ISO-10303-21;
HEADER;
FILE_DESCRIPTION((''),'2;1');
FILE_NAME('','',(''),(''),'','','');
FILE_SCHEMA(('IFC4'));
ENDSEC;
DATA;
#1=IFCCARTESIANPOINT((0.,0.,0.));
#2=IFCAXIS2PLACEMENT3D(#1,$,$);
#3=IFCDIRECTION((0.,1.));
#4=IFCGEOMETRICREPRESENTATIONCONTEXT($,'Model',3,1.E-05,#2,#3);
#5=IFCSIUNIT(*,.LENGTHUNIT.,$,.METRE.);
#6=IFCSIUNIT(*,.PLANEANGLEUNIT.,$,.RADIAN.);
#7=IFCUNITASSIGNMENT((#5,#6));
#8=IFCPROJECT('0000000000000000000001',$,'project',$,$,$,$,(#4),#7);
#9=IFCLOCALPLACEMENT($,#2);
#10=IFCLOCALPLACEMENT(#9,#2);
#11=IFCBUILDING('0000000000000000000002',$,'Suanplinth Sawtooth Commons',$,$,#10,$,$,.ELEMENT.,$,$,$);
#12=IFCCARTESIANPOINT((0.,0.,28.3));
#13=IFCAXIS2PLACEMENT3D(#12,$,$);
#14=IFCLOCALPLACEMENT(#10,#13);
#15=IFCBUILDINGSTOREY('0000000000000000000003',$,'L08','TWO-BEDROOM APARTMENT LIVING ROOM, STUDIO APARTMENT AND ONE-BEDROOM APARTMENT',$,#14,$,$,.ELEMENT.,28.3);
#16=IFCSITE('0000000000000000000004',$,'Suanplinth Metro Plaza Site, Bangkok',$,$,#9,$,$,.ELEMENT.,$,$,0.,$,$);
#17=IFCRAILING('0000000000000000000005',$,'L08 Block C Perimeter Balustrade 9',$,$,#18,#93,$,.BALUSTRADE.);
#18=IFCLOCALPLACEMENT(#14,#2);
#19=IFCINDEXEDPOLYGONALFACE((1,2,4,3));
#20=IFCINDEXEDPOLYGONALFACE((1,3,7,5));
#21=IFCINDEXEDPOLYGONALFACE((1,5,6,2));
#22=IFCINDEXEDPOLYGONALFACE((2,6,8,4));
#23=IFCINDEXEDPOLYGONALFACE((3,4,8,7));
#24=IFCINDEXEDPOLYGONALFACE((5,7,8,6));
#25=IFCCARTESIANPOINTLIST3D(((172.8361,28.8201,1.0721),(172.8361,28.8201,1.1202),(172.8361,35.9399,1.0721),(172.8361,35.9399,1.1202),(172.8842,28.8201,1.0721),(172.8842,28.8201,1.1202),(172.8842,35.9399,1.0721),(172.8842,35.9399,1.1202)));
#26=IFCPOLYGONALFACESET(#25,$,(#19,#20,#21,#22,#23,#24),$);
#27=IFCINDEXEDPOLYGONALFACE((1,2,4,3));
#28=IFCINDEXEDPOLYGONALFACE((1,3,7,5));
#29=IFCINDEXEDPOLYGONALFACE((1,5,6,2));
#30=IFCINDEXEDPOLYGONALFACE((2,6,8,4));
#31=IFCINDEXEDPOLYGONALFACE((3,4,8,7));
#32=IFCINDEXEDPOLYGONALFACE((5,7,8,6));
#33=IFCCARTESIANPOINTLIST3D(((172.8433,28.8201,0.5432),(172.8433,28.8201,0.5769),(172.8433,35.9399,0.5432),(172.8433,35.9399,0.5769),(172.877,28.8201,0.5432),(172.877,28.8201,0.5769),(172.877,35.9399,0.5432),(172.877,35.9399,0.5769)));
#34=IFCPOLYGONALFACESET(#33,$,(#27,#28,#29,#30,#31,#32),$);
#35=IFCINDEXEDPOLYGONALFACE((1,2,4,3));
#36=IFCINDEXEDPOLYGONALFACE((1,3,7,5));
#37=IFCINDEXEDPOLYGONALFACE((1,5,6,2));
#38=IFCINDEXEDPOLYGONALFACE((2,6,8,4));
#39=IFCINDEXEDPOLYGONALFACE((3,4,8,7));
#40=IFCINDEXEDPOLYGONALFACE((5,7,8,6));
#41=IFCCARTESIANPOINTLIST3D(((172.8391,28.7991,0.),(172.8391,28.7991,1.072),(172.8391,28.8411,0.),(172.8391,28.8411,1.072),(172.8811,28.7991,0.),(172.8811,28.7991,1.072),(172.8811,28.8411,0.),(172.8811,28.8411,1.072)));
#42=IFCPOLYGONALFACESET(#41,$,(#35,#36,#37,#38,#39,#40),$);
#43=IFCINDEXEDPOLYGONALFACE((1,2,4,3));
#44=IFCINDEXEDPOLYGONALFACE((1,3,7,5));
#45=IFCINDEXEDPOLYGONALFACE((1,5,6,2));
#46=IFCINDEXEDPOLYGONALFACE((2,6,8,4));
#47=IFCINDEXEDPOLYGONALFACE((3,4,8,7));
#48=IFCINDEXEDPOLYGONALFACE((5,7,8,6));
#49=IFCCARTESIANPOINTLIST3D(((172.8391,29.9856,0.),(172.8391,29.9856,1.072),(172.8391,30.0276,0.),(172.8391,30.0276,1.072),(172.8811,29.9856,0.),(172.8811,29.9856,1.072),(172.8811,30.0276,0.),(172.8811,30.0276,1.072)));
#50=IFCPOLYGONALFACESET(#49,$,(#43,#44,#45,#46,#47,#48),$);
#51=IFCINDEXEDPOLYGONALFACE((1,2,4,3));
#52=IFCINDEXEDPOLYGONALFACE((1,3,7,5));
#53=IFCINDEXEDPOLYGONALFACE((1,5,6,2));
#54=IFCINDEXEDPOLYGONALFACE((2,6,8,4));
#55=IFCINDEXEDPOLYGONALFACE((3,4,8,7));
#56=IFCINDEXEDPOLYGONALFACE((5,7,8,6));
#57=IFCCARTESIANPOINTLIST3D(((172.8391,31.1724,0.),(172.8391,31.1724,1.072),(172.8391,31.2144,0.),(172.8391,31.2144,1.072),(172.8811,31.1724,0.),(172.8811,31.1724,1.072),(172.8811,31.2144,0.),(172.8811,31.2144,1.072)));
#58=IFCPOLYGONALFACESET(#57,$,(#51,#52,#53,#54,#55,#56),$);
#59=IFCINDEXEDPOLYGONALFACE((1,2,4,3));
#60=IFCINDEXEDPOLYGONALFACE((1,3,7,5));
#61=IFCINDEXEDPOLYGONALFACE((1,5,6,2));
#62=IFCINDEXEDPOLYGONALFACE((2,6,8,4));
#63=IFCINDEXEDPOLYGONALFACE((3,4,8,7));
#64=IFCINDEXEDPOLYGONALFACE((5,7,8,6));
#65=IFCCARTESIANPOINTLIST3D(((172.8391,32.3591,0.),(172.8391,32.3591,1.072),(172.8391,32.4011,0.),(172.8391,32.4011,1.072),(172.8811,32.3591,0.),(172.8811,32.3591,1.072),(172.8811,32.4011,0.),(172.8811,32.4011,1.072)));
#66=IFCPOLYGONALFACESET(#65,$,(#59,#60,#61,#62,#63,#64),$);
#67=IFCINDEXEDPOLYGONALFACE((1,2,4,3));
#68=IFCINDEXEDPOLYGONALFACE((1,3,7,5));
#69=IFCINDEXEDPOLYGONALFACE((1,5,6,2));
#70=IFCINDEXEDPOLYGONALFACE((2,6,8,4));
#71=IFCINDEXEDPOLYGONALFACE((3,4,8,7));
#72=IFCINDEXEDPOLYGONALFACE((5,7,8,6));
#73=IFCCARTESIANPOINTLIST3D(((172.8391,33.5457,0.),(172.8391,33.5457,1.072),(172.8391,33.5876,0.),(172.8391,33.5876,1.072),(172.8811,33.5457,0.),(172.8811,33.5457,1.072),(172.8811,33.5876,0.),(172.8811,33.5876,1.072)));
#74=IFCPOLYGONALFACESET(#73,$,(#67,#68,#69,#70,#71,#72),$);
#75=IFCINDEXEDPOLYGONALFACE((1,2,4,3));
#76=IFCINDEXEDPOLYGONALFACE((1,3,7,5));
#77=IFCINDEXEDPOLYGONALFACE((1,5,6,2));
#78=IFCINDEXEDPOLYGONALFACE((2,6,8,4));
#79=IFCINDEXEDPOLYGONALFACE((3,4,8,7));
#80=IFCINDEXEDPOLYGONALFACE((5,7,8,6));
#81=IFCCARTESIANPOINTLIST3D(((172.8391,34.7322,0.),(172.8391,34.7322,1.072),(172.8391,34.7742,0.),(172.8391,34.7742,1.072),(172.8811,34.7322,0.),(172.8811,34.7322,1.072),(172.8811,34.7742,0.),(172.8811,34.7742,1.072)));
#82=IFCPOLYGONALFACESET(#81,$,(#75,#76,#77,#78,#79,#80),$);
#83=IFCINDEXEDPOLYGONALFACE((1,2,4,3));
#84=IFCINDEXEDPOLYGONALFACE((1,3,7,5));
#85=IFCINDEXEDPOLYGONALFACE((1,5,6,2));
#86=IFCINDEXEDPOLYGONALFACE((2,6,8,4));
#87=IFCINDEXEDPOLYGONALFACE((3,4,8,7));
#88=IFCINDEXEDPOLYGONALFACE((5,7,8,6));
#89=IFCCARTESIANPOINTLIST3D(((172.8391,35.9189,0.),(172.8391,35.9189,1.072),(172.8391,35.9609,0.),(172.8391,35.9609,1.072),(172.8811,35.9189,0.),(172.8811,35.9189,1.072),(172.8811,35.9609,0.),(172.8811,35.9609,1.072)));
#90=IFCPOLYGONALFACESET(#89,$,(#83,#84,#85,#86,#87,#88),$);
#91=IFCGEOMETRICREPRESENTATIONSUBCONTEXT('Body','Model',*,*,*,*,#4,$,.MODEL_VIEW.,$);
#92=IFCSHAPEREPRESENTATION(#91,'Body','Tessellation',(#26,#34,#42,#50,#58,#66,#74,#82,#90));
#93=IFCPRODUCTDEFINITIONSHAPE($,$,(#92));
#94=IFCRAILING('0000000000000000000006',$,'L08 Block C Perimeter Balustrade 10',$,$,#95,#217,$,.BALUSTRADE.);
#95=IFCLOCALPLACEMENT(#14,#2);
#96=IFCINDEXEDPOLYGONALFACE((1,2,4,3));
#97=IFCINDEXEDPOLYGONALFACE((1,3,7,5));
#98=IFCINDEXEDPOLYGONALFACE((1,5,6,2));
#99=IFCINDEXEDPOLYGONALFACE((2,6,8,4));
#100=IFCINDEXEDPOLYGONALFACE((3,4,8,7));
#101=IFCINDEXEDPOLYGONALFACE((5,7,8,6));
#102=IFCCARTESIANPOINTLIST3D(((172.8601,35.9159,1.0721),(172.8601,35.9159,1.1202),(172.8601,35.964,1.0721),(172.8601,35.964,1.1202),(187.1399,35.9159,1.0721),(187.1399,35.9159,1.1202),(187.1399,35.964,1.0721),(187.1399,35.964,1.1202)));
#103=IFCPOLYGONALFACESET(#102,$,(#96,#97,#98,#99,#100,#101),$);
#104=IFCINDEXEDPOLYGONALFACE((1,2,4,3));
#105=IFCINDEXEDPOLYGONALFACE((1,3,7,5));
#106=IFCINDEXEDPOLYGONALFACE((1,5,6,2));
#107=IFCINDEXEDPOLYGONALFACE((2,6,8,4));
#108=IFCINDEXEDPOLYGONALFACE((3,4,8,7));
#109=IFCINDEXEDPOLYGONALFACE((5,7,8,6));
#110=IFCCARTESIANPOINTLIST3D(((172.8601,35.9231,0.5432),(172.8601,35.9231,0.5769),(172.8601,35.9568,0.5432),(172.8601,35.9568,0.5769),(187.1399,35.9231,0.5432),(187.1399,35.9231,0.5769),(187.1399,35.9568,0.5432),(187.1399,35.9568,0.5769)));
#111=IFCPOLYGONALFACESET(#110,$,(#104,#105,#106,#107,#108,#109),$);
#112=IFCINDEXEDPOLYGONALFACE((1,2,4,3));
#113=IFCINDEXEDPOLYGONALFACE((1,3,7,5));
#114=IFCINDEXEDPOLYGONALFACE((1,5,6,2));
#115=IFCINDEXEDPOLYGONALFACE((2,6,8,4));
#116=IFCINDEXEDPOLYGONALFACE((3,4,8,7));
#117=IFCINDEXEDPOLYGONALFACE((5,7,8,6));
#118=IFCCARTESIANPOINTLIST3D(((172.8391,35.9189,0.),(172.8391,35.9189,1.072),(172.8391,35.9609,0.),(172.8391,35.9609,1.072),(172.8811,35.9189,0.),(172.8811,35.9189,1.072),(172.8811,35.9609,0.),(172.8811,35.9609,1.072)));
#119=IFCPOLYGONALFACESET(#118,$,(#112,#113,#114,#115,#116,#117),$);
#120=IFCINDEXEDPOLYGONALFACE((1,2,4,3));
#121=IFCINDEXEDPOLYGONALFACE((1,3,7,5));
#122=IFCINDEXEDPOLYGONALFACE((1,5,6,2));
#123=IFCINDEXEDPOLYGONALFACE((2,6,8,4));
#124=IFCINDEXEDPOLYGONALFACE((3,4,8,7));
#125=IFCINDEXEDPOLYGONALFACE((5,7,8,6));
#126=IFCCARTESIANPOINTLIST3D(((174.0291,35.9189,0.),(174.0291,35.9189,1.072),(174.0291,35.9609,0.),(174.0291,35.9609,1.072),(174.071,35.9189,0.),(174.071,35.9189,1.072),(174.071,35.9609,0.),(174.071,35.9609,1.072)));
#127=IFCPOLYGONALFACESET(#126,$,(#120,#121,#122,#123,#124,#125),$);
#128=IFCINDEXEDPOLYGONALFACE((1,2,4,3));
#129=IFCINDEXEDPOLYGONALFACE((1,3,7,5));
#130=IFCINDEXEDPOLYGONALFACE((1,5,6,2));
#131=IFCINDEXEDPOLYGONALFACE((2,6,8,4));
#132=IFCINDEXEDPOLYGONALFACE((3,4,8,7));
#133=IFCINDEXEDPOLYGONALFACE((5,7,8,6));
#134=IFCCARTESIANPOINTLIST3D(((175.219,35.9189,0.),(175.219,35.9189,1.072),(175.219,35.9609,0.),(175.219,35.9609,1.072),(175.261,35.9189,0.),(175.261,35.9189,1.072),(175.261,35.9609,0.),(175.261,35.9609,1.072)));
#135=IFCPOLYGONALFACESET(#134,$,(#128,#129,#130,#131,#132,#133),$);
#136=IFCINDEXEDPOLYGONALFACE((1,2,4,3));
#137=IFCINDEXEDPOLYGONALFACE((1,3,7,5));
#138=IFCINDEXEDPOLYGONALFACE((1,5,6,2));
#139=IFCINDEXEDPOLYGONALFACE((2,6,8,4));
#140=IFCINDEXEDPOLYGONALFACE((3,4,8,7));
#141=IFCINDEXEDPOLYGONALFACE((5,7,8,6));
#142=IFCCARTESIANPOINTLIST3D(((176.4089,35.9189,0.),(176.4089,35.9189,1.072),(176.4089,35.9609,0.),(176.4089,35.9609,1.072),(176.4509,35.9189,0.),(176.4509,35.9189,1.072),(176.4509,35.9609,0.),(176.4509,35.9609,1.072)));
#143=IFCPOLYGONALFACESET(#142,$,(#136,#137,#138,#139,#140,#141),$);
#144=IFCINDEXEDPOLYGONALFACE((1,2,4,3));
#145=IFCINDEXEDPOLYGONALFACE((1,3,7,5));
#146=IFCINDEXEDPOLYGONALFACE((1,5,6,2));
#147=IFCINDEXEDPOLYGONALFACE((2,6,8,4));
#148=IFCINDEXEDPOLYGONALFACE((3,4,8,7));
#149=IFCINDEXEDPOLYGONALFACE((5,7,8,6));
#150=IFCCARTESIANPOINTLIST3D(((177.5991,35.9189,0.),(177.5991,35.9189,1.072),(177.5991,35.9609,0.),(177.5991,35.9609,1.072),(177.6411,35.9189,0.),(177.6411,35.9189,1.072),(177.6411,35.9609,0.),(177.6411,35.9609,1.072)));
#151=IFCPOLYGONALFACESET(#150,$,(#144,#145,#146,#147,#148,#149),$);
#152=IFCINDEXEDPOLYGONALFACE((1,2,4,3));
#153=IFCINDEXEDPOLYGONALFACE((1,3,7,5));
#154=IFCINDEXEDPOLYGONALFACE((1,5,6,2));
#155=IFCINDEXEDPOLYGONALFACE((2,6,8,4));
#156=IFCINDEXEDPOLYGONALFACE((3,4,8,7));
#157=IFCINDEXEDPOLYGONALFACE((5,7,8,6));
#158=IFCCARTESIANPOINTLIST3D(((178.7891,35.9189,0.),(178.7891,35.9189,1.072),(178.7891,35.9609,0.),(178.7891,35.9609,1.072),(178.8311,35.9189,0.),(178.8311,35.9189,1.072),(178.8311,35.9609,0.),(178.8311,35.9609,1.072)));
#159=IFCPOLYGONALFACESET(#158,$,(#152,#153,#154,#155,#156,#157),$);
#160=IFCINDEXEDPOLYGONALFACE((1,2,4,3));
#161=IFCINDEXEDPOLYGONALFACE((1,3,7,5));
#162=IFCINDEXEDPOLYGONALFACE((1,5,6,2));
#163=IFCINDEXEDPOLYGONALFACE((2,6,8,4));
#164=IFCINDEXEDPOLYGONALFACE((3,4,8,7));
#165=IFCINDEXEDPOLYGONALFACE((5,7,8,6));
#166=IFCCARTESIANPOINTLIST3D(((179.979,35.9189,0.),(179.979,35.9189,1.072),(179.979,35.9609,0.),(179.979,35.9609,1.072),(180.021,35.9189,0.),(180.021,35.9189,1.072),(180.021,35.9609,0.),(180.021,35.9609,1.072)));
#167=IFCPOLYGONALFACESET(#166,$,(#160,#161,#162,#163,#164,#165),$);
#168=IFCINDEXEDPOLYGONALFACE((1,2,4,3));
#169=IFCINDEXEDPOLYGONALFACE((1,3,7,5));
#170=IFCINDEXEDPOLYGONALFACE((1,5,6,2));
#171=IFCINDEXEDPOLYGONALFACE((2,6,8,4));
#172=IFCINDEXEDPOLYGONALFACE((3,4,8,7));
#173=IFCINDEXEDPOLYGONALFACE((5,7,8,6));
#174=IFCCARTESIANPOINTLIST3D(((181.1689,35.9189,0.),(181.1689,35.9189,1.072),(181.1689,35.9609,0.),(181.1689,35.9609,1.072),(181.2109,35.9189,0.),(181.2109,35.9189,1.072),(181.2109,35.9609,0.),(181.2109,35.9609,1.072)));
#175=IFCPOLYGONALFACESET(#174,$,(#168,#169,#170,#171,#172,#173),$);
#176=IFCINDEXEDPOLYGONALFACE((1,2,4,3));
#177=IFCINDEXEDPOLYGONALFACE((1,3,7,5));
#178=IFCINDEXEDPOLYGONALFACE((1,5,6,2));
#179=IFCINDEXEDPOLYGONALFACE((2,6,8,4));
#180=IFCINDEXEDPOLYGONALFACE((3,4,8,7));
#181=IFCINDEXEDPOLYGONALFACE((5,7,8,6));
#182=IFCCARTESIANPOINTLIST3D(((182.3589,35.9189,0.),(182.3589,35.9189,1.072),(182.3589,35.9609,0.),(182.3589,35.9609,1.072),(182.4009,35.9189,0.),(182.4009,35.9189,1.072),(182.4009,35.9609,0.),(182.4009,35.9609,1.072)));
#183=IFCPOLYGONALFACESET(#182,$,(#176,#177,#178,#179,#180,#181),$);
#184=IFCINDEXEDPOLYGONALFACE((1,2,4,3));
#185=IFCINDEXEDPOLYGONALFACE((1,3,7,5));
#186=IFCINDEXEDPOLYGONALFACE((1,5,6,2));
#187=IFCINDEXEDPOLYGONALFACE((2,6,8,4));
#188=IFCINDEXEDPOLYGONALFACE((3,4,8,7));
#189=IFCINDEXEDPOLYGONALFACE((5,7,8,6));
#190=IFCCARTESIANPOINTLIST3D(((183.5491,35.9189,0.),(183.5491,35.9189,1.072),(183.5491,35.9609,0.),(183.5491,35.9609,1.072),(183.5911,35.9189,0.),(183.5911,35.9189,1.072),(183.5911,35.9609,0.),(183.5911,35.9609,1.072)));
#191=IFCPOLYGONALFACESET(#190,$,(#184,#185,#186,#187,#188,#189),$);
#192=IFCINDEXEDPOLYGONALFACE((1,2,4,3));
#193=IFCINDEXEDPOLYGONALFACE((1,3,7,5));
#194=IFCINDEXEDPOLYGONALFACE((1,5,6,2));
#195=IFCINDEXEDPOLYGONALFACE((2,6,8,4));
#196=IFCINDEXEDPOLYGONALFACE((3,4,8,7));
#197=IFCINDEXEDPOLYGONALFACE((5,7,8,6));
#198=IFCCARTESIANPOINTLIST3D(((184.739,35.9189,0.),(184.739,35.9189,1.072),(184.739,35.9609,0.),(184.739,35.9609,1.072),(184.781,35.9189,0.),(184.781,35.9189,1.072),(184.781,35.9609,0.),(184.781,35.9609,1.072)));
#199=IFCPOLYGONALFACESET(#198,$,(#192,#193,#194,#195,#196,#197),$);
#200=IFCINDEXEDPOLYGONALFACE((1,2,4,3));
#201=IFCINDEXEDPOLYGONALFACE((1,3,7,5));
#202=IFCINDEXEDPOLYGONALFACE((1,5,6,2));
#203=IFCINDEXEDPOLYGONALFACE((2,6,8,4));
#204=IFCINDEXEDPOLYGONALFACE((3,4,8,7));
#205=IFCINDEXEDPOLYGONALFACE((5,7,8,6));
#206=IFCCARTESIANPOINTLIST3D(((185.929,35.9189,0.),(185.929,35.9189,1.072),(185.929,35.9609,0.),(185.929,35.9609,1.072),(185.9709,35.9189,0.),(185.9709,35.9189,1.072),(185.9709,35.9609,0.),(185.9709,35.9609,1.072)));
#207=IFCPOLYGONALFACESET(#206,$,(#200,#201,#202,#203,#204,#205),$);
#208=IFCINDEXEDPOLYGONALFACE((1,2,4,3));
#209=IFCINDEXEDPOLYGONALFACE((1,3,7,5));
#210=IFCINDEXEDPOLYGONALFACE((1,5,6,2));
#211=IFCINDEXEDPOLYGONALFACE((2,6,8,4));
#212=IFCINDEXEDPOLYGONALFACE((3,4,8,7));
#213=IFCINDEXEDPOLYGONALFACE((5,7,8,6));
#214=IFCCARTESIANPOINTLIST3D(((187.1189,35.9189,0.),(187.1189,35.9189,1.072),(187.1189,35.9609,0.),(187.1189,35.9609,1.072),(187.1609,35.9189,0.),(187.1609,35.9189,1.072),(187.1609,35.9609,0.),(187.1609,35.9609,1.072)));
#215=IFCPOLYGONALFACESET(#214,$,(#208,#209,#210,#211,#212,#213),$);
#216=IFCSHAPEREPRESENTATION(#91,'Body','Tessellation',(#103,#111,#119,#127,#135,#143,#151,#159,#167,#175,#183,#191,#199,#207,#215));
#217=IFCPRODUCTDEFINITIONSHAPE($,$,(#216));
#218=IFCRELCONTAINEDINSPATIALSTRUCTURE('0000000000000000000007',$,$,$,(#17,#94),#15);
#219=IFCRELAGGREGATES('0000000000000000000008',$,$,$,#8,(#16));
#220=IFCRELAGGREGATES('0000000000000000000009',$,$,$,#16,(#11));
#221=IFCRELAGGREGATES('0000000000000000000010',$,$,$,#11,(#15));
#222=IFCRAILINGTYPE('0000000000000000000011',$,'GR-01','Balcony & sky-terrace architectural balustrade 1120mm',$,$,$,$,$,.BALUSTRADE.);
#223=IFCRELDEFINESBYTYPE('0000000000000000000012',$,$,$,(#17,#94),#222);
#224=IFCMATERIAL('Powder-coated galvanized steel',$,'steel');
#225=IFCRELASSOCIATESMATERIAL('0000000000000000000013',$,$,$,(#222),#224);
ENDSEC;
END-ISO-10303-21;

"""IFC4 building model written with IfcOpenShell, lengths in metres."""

from ifc_helpers import new_model, si_unit, direction, frame, origin, origin_2d, place, context, subcontext, project, spatial, rectangle, extrude, material, type_object, element, save


model = new_model("IFC4")

# Units and contexts
model_context = context("Model", 3, precision=1e-05, world=origin(), true_north=direction((0.0, 1.0)))
body_context = subcontext(model_context, "Body", "Model", "MODEL_VIEW")
ifc_project = project(units=[si_unit("LENGTHUNIT", "METRE"), si_unit("PLANEANGLEUNIT", "RADIAN")], contexts=[model_context])

# Site, building, storey
site_placement = place(None, origin())
site = spatial("IfcSite", under=ifc_project, at=site_placement, Name="Suanplinth Metro Plaza Site, Bangkok", CompositionType="ELEMENT", RefElevation=0.0)
building_placement = place(site_placement, origin())
building = spatial("IfcBuilding", under=site, at=building_placement, Name="Suanplinth Sawtooth Commons", CompositionType="ELEMENT")
storey_placement = place(building_placement, frame((0.0, 0.0, 28.3)))
storey = spatial("IfcBuildingStorey", under=building, at=storey_placement, Name="L08", Description="TWO-BEDROOM APARTMENT LIVING ROOM, STUDIO APARTMENT AND ONE-BEDROOM APARTMENT", CompositionType="ELEMENT", Elevation=28.3)

# Railings
ifc_material_1 = material(Name="Powder-coated galvanized steel", Category="steel")
railing_type = type_object("IfcRailingType", Name="GR-01", Description="Balcony & sky-terrace architectural balustrade 1120mm", PredefinedType="BALUSTRADE", material=ifc_material_1)
railing_1_placement = place(storey_placement, frame((172.8601, 28.8201, 0.0)))
element("IfcRailing", 1, at=railing_1_placement, inside=storey, type_object=railing_type, Name="L08 Block C Perimeter Balustrade 9", PredefinedType="BALUSTRADE", context=body_context, shape_type="SweptSolid", body=[
    extrude(rectangle(XDim=0.0481, YDim=0.0481, at=origin_2d()), frame((0.0, 0.0, 1.0962), z_axis=(0.0, 1.0, 0.0), x_axis=(-1.0, 0.0, 0.0)), (0.0, 0.0, 1.0), 7.1199),
    extrude(rectangle(XDim=0.0337, YDim=0.0337, at=origin_2d()), frame((0.0, 0.0, 0.5601), z_axis=(0.0, 1.0, 0.0), x_axis=(-1.0, 0.0, 0.0)), (0.0, 0.0, 1.0), 7.1199),
    extrude(rectangle(XDim=0.042, YDim=0.042, at=origin_2d()), origin(), (0.0, 0.0, 1.0), 1.072),
    extrude(rectangle(XDim=0.042, YDim=0.042, at=origin_2d()), frame((0.0, 1.1865, 0.0)), (0.0, 0.0, 1.0), 1.072),
    extrude(rectangle(XDim=0.042, YDim=0.042, at=origin_2d()), frame((0.0, 2.3733, 0.0)), (0.0, 0.0, 1.0), 1.072),
    extrude(rectangle(XDim=0.042, YDim=0.042, at=origin_2d()), frame((0.0, 3.5601, 0.0)), (0.0, 0.0, 1.0), 1.072),
    extrude(rectangle(XDim=0.042, YDim=0.042, at=origin_2d()), frame((0.0, 4.7466, 0.0)), (0.0, 0.0, 1.0), 1.072),
    extrude(rectangle(XDim=0.042, YDim=0.042, at=origin_2d()), frame((0.0, 5.9331, 0.0)), (0.0, 0.0, 1.0), 1.072),
    extrude(rectangle(XDim=0.042, YDim=0.042, at=origin_2d()), frame((0.0, 7.1199, 0.0)), (0.0, 0.0, 1.0), 1.072),
])
railing_2_placement = place(storey_placement, frame((172.8601, 35.9399, 0.0)))
element("IfcRailing", 2, at=railing_2_placement, inside=storey, type_object=railing_type, Name="L08 Block C Perimeter Balustrade 10", PredefinedType="BALUSTRADE", context=body_context, shape_type="SweptSolid", body=[
    extrude(rectangle(XDim=0.0481, YDim=0.0481, at=origin_2d()), frame((0.0, 0.0, 1.0962), z_axis=(1.0, 0.0, 0.0), x_axis=(0.0, 1.0, 0.0)), (0.0, 0.0, 1.0), 14.2798),
    extrude(rectangle(XDim=0.0337, YDim=0.0337, at=origin_2d()), frame((0.0, 0.0, 0.5601), z_axis=(1.0, 0.0, 0.0), x_axis=(0.0, 1.0, 0.0)), (0.0, 0.0, 1.0), 14.2798),
    extrude(rectangle(XDim=0.042, YDim=0.042, at=origin_2d()), origin(), (0.0, 0.0, 1.0), 1.072),
    extrude(rectangle(XDim=0.042, YDim=0.042, at=origin_2d()), frame((1.1899, 0.0, 0.0)), (0.0, 0.0, 1.0), 1.072),
    extrude(rectangle(XDim=0.042, YDim=0.042, at=origin_2d()), frame((2.3799, 0.0, 0.0)), (0.0, 0.0, 1.0), 1.072),
    extrude(rectangle(XDim=0.042, YDim=0.042, at=origin_2d()), frame((3.5698, 0.0, 0.0)), (0.0, 0.0, 1.0), 1.072),
    extrude(rectangle(XDim=0.042, YDim=0.042, at=origin_2d()), frame((4.76, 0.0, 0.0)), (0.0, 0.0, 1.0), 1.072),
    extrude(rectangle(XDim=0.042, YDim=0.042, at=origin_2d()), frame((5.95, 0.0, 0.0)), (0.0, 0.0, 1.0), 1.072),
    extrude(rectangle(XDim=0.042, YDim=0.042, at=origin_2d()), frame((7.1399, 0.0, 0.0)), (0.0, 0.0, 1.0), 1.072),
    extrude(rectangle(XDim=0.042, YDim=0.042, at=origin_2d()), frame((8.3298, 0.0, 0.0)), (0.0, 0.0, 1.0), 1.072),
    extrude(rectangle(XDim=0.042, YDim=0.042, at=origin_2d()), frame((9.5198, 0.0, 0.0)), (0.0, 0.0, 1.0), 1.072),
    extrude(rectangle(XDim=0.042, YDim=0.042, at=origin_2d()), frame((10.71, 0.0, 0.0)), (0.0, 0.0, 1.0), 1.072),
    extrude(rectangle(XDim=0.042, YDim=0.042, at=origin_2d()), frame((11.8999, 0.0, 0.0)), (0.0, 0.0, 1.0), 1.072),
    extrude(rectangle(XDim=0.042, YDim=0.042, at=origin_2d()), frame((13.0898, 0.0, 0.0)), (0.0, 0.0, 1.0), 1.072),
    extrude(rectangle(XDim=0.042, YDim=0.042, at=origin_2d()), frame((14.2798, 0.0, 0.0)), (0.0, 0.0, 1.0), 1.072),
])

save(model, "model.ifc")
